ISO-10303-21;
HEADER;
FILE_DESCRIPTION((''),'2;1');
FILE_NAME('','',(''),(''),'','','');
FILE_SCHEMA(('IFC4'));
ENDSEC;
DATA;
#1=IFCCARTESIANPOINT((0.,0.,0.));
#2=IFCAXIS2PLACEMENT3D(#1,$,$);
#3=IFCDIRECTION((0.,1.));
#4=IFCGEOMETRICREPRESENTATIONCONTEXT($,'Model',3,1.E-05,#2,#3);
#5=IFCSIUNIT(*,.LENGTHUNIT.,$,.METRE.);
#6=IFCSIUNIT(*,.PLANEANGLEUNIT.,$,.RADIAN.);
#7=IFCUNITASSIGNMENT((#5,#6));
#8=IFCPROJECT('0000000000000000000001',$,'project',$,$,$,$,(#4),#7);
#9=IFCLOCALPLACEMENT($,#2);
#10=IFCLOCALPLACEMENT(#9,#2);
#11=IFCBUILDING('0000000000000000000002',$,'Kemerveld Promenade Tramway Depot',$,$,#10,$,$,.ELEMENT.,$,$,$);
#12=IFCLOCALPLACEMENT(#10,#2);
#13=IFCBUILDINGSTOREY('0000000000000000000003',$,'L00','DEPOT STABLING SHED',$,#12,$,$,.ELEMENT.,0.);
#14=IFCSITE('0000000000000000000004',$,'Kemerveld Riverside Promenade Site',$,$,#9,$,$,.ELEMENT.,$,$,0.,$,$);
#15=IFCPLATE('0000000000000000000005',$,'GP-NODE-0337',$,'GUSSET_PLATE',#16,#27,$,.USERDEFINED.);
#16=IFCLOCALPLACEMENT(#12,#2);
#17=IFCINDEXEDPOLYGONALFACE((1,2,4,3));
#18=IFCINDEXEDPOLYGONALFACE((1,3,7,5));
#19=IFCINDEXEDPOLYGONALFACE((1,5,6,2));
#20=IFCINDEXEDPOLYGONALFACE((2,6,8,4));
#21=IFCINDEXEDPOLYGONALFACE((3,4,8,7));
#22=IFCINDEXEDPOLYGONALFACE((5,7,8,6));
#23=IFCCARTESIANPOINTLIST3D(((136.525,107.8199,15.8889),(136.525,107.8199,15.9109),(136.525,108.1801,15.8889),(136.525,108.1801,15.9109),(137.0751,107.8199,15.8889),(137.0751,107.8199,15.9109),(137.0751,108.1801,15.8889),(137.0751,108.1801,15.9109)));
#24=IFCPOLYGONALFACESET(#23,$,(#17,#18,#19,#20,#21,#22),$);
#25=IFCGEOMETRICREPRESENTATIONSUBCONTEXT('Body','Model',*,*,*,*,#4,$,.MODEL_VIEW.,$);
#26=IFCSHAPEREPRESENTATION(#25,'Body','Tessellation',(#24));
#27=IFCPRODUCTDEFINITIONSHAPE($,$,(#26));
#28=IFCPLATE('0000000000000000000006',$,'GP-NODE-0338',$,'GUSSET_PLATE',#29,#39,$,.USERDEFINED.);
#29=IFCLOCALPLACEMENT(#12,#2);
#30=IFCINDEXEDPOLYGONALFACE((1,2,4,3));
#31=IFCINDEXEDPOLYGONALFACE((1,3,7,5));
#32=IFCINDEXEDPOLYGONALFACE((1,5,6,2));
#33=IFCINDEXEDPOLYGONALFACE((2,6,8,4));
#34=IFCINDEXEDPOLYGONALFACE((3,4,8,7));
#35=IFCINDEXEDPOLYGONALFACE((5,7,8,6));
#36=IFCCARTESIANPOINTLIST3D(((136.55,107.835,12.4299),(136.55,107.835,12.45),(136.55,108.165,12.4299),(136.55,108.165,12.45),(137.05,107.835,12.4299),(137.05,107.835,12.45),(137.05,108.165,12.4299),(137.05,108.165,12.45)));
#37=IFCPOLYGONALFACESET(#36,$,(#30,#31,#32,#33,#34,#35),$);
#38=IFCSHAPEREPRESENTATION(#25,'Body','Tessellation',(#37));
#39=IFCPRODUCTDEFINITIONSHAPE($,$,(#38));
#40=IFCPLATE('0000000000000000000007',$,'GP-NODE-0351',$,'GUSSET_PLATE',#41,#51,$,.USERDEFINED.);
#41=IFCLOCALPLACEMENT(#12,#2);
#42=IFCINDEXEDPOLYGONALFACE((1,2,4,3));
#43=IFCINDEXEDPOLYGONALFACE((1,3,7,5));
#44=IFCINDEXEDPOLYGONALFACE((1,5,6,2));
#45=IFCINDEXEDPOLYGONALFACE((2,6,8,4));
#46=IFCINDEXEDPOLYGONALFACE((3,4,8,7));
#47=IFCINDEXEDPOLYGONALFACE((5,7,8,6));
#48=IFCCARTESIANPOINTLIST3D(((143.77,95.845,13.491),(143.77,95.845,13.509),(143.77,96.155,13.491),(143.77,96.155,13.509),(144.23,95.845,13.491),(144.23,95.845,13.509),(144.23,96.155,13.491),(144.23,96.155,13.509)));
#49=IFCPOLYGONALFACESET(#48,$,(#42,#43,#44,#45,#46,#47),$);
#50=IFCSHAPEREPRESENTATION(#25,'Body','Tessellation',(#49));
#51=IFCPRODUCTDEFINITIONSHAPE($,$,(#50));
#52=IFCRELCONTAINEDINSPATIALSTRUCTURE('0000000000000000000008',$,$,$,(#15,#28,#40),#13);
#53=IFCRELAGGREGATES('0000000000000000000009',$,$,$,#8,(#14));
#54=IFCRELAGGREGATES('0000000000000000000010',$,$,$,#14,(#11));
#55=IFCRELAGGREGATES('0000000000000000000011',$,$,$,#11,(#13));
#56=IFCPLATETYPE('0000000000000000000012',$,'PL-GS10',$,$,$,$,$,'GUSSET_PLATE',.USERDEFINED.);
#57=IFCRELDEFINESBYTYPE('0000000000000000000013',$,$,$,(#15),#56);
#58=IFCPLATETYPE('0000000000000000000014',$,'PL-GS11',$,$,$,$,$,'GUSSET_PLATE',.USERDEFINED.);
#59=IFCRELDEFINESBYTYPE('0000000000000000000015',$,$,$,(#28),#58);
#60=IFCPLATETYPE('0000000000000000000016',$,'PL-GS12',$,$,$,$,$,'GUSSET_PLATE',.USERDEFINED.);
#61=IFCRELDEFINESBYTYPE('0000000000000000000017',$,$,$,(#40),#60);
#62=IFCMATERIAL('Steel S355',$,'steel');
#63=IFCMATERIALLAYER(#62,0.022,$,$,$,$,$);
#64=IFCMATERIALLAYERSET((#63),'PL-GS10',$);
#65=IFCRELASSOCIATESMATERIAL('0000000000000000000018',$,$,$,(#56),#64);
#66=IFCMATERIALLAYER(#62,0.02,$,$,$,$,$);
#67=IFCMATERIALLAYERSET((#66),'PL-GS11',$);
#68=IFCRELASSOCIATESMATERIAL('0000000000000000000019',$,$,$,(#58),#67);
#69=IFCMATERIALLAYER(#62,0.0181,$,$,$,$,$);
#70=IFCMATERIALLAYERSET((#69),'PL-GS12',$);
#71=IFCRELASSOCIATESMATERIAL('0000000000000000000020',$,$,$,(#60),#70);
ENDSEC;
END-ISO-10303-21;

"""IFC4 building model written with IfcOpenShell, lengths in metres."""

from ifc_helpers import new_model, si_unit, direction, frame, origin, origin_2d, place, context, subcontext, project, spatial, rectangle, extrude, material, layer, layer_set, type_object, element, save


model = new_model("IFC4")

# Units and contexts
model_context = context("Model", 3, precision=1e-05, world=origin(), true_north=direction((0.0, 1.0)))
body_context = subcontext(model_context, "Body", "Model", "MODEL_VIEW")
ifc_project = project(units=[si_unit("LENGTHUNIT", "METRE"), si_unit("PLANEANGLEUNIT", "RADIAN")], contexts=[model_context])

# Site, building, storey
site_placement = place(None, origin())
site = spatial("IfcSite", under=ifc_project, at=site_placement, Name="Kemerveld Riverside Promenade Site", CompositionType="ELEMENT", RefElevation=0.0)
building_placement = place(site_placement, origin())
building = spatial("IfcBuilding", under=site, at=building_placement, Name="Kemerveld Promenade Tramway Depot", CompositionType="ELEMENT")
storey_placement = place(building_placement, origin())
storey = spatial("IfcBuildingStorey", under=building, at=storey_placement, Name="L00", Description="DEPOT STABLING SHED", CompositionType="ELEMENT", Elevation=0.0)

# Shared definitions
ifc_material_1 = material(Name="Steel S355", Category="steel")

# Plates
ifc_layer_1 = layer(ifc_material_1, 0.022)
ifc_layer_set_1 = layer_set([ifc_layer_1], Name="PL-GS10")
plate_type_1 = type_object("IfcPlateType", Name="PL-GS10", ElementType="GUSSET_PLATE", PredefinedType="USERDEFINED", material=ifc_layer_set_1)
plate_1_placement = place(storey_placement, frame((136.8, 108.0, 15.8889), z_axis=(0.0, 0.0, 1.0), x_axis=(1.0, 0.0, 0.0)))
element("IfcPlate", 1, at=plate_1_placement, inside=storey, type_object=plate_type_1, Name="GP-NODE-0337", ObjectType="GUSSET_PLATE", PredefinedType="USERDEFINED", context=body_context, shape_type="SweptSolid", body=[
    extrude(rectangle(XDim=0.55, YDim=0.3601, at=origin_2d()), origin(), (0.0, 0.0, 1.0), 0.022),
])
ifc_layer_2 = layer(ifc_material_1, 0.02)
ifc_layer_set_2 = layer_set([ifc_layer_2], Name="PL-GS11")
plate_type_2 = type_object("IfcPlateType", Name="PL-GS11", ElementType="GUSSET_PLATE", PredefinedType="USERDEFINED", material=ifc_layer_set_2)
plate_2_placement = place(storey_placement, frame((136.8, 108.0, 12.4299), z_axis=(0.0, 0.0, 1.0), x_axis=(1.0, 0.0, 0.0)))
element("IfcPlate", 2, at=plate_2_placement, inside=storey, type_object=plate_type_2, Name="GP-NODE-0338", ObjectType="GUSSET_PLATE", PredefinedType="USERDEFINED", context=body_context, shape_type="SweptSolid", body=[
    extrude(rectangle(XDim=0.5, YDim=0.3301, at=origin_2d()), origin(), (0.0, 0.0, 1.0), 0.02),
])
ifc_layer_3 = layer(ifc_material_1, 0.0181)
ifc_layer_set_3 = layer_set([ifc_layer_3], Name="PL-GS12")
plate_type_3 = type_object("IfcPlateType", Name="PL-GS12", ElementType="GUSSET_PLATE", PredefinedType="USERDEFINED", material=ifc_layer_set_3)
plate_3_placement = place(storey_placement, frame((144.0, 96.0, 13.491), z_axis=(0.0, 0.0, 1.0), x_axis=(1.0, 0.0, 0.0)))
element("IfcPlate", 3, at=plate_3_placement, inside=storey, type_object=plate_type_3, Name="GP-NODE-0351", ObjectType="GUSSET_PLATE", PredefinedType="USERDEFINED", context=body_context, shape_type="SweptSolid", body=[
    extrude(rectangle(XDim=0.46, YDim=0.3101, at=origin_2d()), origin(), (0.0, 0.0, 1.0), 0.0181),
])

save(model, "model.ifc")
